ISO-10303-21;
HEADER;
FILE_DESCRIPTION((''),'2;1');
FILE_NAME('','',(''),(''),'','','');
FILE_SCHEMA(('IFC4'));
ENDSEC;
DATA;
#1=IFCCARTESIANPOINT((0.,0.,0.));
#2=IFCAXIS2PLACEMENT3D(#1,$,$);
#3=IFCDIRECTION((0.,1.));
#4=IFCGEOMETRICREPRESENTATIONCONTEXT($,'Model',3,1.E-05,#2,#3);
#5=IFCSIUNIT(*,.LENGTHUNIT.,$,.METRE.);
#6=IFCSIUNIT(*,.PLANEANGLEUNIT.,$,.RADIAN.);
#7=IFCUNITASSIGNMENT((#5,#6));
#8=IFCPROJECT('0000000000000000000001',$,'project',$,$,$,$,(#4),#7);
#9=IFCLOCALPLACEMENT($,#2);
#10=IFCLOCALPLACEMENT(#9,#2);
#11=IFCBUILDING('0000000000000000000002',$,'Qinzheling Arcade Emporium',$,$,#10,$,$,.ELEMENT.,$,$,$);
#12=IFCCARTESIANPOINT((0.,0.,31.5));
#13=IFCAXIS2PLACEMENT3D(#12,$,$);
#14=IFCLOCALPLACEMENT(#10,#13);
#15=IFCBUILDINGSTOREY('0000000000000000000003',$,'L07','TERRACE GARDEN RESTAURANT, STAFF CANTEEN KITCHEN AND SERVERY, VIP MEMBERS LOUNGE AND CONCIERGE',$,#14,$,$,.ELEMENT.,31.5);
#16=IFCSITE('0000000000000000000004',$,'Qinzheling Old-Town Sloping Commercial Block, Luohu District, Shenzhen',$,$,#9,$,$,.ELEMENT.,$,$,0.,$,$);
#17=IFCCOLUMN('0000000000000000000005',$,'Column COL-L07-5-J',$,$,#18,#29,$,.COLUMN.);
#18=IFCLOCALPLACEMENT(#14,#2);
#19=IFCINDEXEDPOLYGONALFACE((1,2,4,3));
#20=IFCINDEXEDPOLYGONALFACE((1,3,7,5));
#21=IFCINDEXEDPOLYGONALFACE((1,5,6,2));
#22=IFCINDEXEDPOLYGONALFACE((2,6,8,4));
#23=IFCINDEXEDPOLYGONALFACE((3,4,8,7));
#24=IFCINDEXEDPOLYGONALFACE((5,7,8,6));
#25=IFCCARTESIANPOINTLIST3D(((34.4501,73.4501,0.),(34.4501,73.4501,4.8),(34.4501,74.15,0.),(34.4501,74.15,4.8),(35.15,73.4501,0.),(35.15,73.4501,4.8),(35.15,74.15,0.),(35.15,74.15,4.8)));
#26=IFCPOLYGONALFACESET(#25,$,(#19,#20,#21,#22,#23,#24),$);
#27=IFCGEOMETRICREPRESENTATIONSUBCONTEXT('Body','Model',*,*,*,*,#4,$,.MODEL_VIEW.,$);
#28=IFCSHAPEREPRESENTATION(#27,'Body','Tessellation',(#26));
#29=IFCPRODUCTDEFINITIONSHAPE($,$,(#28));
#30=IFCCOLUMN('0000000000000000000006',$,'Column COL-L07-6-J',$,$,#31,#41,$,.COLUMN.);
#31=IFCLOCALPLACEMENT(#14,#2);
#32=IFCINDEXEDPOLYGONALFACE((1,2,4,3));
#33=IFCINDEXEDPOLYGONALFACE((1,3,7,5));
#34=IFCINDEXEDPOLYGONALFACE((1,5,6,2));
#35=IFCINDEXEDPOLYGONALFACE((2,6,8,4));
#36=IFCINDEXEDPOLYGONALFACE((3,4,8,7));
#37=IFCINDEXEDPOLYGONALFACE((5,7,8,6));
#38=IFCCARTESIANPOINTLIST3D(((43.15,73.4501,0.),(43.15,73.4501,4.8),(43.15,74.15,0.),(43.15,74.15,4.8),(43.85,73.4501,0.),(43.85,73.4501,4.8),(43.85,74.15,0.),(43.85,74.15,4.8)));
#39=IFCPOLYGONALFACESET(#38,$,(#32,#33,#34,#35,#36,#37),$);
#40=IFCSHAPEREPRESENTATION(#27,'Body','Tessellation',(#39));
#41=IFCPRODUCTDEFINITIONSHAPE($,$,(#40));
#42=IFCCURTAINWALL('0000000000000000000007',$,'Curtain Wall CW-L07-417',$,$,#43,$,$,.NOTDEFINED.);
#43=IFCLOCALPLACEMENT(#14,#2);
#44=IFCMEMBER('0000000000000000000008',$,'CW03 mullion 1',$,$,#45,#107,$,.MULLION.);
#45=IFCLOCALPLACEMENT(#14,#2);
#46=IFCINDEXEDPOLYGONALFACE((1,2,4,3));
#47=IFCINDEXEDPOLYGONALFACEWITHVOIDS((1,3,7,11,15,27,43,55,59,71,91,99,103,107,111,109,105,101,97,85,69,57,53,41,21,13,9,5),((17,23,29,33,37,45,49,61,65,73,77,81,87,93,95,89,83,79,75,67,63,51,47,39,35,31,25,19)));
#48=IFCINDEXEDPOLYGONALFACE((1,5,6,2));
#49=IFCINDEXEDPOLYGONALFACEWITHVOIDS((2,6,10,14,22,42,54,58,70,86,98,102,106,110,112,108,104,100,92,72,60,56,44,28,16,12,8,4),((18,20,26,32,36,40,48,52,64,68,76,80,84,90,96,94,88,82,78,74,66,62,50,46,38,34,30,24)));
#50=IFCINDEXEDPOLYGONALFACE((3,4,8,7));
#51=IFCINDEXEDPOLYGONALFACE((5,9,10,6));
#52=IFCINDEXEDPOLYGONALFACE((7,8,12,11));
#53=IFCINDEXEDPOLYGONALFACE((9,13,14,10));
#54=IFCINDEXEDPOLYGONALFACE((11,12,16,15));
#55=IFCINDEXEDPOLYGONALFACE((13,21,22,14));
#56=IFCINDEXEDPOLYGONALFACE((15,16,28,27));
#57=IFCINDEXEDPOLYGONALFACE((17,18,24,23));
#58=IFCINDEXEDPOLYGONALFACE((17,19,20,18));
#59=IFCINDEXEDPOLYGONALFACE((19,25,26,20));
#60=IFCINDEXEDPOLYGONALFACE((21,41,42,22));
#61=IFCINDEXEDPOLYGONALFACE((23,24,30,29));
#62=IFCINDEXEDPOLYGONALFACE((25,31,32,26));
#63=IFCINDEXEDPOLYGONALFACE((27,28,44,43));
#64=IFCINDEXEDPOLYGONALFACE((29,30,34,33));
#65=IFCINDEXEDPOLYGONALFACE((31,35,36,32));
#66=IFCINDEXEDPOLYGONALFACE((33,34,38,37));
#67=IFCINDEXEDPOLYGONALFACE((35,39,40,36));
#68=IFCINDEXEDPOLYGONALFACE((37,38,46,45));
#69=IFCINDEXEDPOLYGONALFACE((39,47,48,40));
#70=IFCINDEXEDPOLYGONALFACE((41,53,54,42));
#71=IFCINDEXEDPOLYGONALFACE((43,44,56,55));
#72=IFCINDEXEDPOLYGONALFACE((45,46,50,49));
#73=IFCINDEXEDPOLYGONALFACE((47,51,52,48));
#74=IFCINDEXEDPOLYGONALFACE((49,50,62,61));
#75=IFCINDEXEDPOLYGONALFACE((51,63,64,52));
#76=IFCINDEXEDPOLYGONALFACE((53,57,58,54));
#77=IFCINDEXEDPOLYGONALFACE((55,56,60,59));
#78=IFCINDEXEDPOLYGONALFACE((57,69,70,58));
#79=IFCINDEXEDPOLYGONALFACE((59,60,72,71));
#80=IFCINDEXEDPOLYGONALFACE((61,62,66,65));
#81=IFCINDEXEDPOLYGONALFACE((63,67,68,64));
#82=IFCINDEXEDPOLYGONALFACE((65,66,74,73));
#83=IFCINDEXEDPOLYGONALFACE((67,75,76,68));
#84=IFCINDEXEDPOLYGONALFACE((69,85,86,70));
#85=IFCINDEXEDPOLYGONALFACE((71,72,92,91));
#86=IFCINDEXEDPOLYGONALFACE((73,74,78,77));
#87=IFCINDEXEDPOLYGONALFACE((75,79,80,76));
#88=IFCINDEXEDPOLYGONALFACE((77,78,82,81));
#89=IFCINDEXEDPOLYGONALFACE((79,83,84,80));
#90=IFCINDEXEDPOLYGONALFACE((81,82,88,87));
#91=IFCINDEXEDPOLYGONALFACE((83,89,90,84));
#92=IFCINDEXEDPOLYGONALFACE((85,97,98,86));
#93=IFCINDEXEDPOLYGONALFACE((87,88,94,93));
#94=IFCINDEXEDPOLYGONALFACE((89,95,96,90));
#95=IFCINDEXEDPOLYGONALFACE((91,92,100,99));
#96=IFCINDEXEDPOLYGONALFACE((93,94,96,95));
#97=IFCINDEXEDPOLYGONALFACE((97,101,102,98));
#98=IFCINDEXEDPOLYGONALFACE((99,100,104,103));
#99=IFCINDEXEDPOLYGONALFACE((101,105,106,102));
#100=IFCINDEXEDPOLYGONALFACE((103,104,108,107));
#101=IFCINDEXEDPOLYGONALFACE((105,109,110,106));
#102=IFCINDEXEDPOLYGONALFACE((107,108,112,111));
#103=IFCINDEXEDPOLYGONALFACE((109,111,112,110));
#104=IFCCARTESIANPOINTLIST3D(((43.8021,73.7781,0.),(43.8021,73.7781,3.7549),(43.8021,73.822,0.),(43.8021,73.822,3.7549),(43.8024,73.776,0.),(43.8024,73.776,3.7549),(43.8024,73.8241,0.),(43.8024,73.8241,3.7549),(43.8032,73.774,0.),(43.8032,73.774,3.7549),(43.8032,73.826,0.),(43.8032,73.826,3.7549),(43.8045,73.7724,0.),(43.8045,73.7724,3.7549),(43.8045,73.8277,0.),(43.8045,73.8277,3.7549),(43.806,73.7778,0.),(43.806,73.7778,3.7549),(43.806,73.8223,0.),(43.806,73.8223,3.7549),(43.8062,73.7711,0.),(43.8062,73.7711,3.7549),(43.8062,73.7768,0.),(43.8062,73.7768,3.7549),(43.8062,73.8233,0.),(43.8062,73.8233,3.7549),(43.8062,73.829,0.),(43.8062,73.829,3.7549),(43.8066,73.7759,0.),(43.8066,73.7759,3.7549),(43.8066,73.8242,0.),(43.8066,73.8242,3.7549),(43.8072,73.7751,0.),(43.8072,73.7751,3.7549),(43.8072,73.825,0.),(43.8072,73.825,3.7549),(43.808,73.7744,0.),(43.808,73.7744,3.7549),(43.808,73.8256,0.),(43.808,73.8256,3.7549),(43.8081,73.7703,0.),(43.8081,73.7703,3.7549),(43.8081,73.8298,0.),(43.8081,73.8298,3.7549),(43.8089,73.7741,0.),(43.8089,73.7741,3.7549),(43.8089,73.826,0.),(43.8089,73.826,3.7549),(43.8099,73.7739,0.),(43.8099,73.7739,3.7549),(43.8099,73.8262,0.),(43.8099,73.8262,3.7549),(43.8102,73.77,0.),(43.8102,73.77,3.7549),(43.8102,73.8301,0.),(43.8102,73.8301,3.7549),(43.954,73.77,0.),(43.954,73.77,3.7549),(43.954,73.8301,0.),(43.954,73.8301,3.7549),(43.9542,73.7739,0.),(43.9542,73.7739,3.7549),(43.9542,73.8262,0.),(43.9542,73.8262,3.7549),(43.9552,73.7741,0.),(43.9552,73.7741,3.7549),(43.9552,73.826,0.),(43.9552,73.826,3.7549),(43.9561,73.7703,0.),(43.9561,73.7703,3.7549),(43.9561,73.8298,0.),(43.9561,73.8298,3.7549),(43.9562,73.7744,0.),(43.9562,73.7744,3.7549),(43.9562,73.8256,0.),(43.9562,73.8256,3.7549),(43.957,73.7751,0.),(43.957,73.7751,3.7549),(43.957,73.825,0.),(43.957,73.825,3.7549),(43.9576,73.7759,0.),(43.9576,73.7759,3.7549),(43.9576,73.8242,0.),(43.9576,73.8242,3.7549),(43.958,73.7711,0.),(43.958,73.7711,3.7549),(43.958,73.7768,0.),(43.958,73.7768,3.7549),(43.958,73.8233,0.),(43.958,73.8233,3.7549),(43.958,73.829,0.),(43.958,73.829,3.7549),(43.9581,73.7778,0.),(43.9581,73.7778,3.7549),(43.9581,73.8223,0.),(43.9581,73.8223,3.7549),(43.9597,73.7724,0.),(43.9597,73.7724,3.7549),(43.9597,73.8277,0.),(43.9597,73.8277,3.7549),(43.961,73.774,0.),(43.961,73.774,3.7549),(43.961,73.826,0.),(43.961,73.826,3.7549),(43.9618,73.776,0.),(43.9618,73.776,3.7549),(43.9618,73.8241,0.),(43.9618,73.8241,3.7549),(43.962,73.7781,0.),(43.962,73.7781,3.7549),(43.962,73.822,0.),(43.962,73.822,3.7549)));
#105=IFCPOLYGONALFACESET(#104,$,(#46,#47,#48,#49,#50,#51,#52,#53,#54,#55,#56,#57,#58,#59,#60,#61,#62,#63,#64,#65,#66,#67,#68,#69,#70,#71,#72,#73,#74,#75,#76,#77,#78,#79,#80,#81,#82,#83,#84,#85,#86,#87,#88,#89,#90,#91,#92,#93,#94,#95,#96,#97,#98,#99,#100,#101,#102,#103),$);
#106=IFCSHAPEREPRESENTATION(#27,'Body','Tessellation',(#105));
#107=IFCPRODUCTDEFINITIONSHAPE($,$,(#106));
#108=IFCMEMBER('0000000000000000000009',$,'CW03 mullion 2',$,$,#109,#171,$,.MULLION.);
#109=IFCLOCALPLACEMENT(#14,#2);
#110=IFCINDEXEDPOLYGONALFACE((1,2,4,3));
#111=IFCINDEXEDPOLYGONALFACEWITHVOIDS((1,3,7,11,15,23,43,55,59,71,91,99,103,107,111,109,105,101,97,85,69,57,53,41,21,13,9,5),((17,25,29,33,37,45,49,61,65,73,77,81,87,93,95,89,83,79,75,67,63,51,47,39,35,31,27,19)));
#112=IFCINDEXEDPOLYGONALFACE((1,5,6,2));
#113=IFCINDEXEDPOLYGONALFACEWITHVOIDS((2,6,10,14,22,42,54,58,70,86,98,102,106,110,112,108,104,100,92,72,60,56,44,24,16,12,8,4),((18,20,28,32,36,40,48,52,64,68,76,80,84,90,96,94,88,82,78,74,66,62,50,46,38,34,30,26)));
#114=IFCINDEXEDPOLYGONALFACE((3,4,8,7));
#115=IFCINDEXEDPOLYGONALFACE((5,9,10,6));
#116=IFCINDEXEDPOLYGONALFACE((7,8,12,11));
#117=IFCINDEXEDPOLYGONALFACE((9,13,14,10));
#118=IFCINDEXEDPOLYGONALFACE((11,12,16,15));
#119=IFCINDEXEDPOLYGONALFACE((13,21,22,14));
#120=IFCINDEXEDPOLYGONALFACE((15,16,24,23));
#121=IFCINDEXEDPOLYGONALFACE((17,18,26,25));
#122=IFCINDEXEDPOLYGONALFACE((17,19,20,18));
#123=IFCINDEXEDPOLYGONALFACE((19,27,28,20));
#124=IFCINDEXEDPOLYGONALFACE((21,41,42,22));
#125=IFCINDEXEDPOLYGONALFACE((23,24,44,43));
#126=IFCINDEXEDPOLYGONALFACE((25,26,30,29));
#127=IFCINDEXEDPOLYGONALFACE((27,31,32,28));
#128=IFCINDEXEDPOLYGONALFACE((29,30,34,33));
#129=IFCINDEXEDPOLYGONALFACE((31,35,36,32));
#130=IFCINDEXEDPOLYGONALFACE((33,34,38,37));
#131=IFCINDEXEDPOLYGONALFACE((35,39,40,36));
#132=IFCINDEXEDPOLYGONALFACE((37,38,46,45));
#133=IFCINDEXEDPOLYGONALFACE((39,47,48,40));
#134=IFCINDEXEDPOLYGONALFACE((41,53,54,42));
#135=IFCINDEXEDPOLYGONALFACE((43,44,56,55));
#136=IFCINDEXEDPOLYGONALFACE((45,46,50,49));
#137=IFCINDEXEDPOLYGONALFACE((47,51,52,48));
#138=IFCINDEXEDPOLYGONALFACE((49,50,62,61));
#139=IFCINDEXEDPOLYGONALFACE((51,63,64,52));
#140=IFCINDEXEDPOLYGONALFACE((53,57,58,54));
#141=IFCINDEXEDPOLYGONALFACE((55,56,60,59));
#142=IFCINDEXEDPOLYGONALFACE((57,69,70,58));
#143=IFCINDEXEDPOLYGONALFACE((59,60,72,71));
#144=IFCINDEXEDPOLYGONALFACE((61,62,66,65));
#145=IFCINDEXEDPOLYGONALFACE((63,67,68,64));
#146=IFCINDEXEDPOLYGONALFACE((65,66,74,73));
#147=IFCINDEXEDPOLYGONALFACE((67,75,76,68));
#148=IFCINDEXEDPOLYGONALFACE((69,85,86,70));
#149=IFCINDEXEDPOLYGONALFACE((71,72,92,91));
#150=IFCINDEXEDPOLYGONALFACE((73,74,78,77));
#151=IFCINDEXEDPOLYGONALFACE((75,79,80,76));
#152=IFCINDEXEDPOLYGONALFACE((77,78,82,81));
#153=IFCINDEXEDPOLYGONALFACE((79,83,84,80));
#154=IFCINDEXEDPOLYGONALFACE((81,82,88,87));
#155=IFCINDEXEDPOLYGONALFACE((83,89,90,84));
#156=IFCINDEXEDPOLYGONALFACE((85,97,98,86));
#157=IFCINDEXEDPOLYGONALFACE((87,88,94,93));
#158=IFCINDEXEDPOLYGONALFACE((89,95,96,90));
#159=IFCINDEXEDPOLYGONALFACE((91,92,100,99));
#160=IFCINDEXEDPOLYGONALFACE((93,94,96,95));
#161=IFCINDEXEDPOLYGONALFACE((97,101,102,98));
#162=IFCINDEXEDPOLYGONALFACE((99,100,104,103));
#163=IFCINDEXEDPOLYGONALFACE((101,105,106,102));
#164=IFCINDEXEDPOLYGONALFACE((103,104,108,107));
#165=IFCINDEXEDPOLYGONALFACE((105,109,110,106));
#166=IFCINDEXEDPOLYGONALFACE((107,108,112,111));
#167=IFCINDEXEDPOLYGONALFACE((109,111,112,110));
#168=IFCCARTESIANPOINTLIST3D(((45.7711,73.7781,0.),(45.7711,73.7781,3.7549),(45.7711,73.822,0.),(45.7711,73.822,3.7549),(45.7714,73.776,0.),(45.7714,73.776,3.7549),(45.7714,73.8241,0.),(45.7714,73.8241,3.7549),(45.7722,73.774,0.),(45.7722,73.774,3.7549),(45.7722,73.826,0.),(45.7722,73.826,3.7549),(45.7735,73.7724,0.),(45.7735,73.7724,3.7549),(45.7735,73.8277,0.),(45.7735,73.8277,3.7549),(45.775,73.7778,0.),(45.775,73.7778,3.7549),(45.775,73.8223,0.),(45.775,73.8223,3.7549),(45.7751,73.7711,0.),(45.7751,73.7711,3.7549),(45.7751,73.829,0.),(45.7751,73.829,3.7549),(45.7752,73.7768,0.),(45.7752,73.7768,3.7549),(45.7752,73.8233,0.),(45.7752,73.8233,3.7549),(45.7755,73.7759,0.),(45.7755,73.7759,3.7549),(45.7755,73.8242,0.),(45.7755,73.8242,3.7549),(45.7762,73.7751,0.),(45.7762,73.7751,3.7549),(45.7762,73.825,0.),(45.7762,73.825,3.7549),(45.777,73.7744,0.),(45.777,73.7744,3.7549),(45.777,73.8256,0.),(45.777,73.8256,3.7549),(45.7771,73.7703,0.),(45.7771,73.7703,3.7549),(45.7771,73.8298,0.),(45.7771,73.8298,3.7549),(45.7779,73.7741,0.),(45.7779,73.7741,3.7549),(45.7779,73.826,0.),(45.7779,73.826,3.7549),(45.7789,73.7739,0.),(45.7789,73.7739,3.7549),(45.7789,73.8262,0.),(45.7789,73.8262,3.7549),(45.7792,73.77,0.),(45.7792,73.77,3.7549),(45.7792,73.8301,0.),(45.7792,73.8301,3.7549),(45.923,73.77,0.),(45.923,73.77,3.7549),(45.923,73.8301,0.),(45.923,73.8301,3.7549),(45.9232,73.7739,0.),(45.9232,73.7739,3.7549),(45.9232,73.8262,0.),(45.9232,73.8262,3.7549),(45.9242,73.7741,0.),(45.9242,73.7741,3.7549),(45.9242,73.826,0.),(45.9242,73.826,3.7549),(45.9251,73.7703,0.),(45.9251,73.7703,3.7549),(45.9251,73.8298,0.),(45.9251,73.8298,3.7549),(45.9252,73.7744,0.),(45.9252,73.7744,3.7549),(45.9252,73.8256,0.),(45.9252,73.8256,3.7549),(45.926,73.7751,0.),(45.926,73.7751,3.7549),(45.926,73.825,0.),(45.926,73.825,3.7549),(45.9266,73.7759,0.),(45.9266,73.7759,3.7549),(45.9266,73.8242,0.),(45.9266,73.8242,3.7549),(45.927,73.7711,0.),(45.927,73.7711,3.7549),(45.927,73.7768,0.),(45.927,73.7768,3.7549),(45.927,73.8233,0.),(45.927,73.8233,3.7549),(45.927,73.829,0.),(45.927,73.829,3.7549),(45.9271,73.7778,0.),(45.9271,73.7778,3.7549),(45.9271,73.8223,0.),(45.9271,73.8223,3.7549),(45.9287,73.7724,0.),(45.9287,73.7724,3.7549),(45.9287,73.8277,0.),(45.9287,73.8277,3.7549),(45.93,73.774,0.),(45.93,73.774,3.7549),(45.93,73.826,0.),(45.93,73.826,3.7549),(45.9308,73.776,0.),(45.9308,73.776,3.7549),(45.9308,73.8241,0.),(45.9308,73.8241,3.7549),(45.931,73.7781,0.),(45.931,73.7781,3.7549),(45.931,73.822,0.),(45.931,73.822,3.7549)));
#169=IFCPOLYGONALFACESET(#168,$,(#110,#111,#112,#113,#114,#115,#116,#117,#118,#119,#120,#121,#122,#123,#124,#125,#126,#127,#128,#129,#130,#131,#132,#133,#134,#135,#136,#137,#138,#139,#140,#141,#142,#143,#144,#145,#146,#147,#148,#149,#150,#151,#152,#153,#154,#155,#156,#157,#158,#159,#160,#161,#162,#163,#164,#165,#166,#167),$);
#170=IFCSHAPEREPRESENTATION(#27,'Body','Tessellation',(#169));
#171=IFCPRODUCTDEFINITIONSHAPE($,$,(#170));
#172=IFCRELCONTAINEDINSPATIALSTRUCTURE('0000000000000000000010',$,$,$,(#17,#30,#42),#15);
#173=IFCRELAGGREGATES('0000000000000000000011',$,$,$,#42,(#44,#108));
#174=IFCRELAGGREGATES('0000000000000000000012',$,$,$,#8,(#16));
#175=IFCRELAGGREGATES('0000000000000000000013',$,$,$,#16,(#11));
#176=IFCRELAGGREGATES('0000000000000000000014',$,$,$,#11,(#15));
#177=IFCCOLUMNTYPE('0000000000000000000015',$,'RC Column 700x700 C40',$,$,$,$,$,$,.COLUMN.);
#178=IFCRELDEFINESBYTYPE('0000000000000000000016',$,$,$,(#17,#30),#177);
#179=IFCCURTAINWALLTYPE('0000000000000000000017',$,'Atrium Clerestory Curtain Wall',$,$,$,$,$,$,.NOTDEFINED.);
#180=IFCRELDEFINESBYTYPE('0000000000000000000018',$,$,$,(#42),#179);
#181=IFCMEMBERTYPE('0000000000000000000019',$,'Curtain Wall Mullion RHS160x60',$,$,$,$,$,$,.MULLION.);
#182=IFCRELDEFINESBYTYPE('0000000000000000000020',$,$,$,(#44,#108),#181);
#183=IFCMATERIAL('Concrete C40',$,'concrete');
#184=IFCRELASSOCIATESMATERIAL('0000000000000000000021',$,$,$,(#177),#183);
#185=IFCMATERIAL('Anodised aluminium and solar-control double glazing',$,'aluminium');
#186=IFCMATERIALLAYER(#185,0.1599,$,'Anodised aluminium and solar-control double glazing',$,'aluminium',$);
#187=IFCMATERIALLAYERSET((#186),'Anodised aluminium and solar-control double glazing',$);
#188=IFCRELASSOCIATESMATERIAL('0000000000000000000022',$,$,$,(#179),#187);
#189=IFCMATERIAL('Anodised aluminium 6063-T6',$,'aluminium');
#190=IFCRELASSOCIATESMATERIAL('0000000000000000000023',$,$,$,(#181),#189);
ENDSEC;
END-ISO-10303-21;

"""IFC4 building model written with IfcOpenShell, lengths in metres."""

from ifc_helpers import new_model, si_unit, direction, frame, origin, origin_2d, place, context, subcontext, project, spatial, rectangle, hollow_rectangle, extrude, material, layer, layer_set, material_profile, profile_set, type_object, element, aggregate, save


model = new_model("IFC4")

# Units and contexts
model_context = context("Model", 3, precision=1e-05, world=origin(), true_north=direction((0.0, 1.0)))
body_context = subcontext(model_context, "Body", "Model", "MODEL_VIEW")
ifc_project = project(units=[si_unit("LENGTHUNIT", "METRE"), si_unit("PLANEANGLEUNIT", "RADIAN")], contexts=[model_context])

# Site, building, storey
site_placement = place(None, origin())
site = spatial("IfcSite", under=ifc_project, at=site_placement, Name="Qinzheling Old-Town Sloping Commercial Block, Luohu District, Shenzhen", CompositionType="ELEMENT", RefElevation=0.0)
building_placement = place(site_placement, origin())
building = spatial("IfcBuilding", under=site, at=building_placement, Name="Qinzheling Arcade Emporium", CompositionType="ELEMENT")
storey_placement = place(building_placement, frame((0.0, 0.0, 31.5)))
storey = spatial("IfcBuildingStorey", under=building, at=storey_placement, Name="L07", Description="TERRACE GARDEN RESTAURANT, STAFF CANTEEN KITCHEN AND SERVERY, VIP MEMBERS LOUNGE AND CONCIERGE", CompositionType="ELEMENT", Elevation=31.5)

# Columns
ifc_material_1 = material(Name="Concrete C40", Category="concrete")
ifc_material_profile_1 = material_profile(ifc_material_1, rectangle(XDim=0.7, YDim=0.7, at=origin_2d()), Name="RC 700x700", Category="concrete")
ifc_profile_set_1 = profile_set([ifc_material_profile_1], Name="Concrete C40")
column_type = type_object("IfcColumnType", Name="RC Column 700x700 C40", PredefinedType="COLUMN", material=ifc_profile_set_1)
for number, where, z_axis, x_axis, name in (
    (1, (34.8, 73.8, 0.0), (0.0, 0.0, 1.0), (1.0, 0.0, 0.0), "Column COL-L07-5-J"),
    (2, (43.5, 73.8, 0.0), (0.0, 0.0, 1.0), (1.0, 0.0, 0.0), "Column COL-L07-6-J"),
):
    element("IfcColumn", number, at=place(storey_placement, frame(where, z_axis=z_axis, x_axis=x_axis)), inside=storey, type_object=column_type, Name=name, PredefinedType="COLUMN", context=body_context, shape_type="SweptSolid", body=[
        extrude(rectangle(XDim=0.7, YDim=0.7, at=origin_2d()), origin(), (0.0, 0.0, 1.0), 4.8),
    ])

# Curtain wall, members
ifc_material_2 = material(Name="Anodised aluminium and solar-control double glazing", Category="aluminium")
ifc_layer_1 = layer(ifc_material_2, 0.1599, Name="Anodised aluminium and solar-control double glazing", Category="aluminium")
ifc_layer_set_1 = layer_set([ifc_layer_1], Name="Anodised aluminium and solar-control double glazing")
curtain_wall_type = type_object("IfcCurtainWallType", Name="Atrium Clerestory Curtain Wall", PredefinedType="NOTDEFINED", material=ifc_layer_set_1)
curtain_wall_placement = place(storey_placement, origin())
curtain_wall = element("IfcCurtainWall", 3, at=curtain_wall_placement, inside=storey, type_object=curtain_wall_type, Name="Curtain Wall CW-L07-417", PredefinedType="NOTDEFINED")
ifc_material_3 = material(Name="Anodised aluminium 6063-T6", Category="aluminium")
ifc_material_profile_2 = material_profile(ifc_material_3, hollow_rectangle(XDim=0.0601, YDim=0.1599, WallThickness=0.0039, InnerFilletRadius=0.0039, OuterFilletRadius=0.0081, at=origin_2d()), Name="RHS 160x60x4", Category="aluminium")
ifc_profile_set_2 = profile_set([ifc_material_profile_2], Name="Anodised aluminium 6063-T6")
member_type_1 = type_object("IfcMemberType", Name="Curtain Wall Mullion RHS160x60", PredefinedType="MULLION", material=ifc_profile_set_2)
member_1_placement = place(storey_placement, frame((43.8821, 73.8, 0.0), z_axis=(0.0, 0.0, 1.0), x_axis=(0.0, 1.0, 0.0)))
member_1 = element("IfcMember", 4, at=member_1_placement, type_object=member_type_1, Name="CW03 mullion 1", PredefinedType="MULLION", context=body_context, shape_type="SweptSolid", body=[
    extrude(hollow_rectangle(XDim=0.0601, YDim=0.1599, WallThickness=0.0039, InnerFilletRadius=0.0039, OuterFilletRadius=0.0081, at=origin_2d()), origin(), (0.0, 0.0, 1.0), 3.7549),
])
member_2_placement = place(storey_placement, frame((45.8511, 73.8, 0.0), z_axis=(0.0, 0.0, 1.0), x_axis=(0.0, 1.0, 0.0)))
member_2 = element("IfcMember", 5, at=member_2_placement, type_object=member_type_1, Name="CW03 mullion 2", PredefinedType="MULLION", context=body_context, shape_type="SweptSolid", body=[
    extrude(hollow_rectangle(XDim=0.0601, YDim=0.1599, WallThickness=0.0039, InnerFilletRadius=0.0039, OuterFilletRadius=0.0081, at=origin_2d()), origin(), (0.0, 0.0, 1.0), 3.7549),
])

aggregate(curtain_wall, [member_1, member_2])

save(model, "model.ifc")
